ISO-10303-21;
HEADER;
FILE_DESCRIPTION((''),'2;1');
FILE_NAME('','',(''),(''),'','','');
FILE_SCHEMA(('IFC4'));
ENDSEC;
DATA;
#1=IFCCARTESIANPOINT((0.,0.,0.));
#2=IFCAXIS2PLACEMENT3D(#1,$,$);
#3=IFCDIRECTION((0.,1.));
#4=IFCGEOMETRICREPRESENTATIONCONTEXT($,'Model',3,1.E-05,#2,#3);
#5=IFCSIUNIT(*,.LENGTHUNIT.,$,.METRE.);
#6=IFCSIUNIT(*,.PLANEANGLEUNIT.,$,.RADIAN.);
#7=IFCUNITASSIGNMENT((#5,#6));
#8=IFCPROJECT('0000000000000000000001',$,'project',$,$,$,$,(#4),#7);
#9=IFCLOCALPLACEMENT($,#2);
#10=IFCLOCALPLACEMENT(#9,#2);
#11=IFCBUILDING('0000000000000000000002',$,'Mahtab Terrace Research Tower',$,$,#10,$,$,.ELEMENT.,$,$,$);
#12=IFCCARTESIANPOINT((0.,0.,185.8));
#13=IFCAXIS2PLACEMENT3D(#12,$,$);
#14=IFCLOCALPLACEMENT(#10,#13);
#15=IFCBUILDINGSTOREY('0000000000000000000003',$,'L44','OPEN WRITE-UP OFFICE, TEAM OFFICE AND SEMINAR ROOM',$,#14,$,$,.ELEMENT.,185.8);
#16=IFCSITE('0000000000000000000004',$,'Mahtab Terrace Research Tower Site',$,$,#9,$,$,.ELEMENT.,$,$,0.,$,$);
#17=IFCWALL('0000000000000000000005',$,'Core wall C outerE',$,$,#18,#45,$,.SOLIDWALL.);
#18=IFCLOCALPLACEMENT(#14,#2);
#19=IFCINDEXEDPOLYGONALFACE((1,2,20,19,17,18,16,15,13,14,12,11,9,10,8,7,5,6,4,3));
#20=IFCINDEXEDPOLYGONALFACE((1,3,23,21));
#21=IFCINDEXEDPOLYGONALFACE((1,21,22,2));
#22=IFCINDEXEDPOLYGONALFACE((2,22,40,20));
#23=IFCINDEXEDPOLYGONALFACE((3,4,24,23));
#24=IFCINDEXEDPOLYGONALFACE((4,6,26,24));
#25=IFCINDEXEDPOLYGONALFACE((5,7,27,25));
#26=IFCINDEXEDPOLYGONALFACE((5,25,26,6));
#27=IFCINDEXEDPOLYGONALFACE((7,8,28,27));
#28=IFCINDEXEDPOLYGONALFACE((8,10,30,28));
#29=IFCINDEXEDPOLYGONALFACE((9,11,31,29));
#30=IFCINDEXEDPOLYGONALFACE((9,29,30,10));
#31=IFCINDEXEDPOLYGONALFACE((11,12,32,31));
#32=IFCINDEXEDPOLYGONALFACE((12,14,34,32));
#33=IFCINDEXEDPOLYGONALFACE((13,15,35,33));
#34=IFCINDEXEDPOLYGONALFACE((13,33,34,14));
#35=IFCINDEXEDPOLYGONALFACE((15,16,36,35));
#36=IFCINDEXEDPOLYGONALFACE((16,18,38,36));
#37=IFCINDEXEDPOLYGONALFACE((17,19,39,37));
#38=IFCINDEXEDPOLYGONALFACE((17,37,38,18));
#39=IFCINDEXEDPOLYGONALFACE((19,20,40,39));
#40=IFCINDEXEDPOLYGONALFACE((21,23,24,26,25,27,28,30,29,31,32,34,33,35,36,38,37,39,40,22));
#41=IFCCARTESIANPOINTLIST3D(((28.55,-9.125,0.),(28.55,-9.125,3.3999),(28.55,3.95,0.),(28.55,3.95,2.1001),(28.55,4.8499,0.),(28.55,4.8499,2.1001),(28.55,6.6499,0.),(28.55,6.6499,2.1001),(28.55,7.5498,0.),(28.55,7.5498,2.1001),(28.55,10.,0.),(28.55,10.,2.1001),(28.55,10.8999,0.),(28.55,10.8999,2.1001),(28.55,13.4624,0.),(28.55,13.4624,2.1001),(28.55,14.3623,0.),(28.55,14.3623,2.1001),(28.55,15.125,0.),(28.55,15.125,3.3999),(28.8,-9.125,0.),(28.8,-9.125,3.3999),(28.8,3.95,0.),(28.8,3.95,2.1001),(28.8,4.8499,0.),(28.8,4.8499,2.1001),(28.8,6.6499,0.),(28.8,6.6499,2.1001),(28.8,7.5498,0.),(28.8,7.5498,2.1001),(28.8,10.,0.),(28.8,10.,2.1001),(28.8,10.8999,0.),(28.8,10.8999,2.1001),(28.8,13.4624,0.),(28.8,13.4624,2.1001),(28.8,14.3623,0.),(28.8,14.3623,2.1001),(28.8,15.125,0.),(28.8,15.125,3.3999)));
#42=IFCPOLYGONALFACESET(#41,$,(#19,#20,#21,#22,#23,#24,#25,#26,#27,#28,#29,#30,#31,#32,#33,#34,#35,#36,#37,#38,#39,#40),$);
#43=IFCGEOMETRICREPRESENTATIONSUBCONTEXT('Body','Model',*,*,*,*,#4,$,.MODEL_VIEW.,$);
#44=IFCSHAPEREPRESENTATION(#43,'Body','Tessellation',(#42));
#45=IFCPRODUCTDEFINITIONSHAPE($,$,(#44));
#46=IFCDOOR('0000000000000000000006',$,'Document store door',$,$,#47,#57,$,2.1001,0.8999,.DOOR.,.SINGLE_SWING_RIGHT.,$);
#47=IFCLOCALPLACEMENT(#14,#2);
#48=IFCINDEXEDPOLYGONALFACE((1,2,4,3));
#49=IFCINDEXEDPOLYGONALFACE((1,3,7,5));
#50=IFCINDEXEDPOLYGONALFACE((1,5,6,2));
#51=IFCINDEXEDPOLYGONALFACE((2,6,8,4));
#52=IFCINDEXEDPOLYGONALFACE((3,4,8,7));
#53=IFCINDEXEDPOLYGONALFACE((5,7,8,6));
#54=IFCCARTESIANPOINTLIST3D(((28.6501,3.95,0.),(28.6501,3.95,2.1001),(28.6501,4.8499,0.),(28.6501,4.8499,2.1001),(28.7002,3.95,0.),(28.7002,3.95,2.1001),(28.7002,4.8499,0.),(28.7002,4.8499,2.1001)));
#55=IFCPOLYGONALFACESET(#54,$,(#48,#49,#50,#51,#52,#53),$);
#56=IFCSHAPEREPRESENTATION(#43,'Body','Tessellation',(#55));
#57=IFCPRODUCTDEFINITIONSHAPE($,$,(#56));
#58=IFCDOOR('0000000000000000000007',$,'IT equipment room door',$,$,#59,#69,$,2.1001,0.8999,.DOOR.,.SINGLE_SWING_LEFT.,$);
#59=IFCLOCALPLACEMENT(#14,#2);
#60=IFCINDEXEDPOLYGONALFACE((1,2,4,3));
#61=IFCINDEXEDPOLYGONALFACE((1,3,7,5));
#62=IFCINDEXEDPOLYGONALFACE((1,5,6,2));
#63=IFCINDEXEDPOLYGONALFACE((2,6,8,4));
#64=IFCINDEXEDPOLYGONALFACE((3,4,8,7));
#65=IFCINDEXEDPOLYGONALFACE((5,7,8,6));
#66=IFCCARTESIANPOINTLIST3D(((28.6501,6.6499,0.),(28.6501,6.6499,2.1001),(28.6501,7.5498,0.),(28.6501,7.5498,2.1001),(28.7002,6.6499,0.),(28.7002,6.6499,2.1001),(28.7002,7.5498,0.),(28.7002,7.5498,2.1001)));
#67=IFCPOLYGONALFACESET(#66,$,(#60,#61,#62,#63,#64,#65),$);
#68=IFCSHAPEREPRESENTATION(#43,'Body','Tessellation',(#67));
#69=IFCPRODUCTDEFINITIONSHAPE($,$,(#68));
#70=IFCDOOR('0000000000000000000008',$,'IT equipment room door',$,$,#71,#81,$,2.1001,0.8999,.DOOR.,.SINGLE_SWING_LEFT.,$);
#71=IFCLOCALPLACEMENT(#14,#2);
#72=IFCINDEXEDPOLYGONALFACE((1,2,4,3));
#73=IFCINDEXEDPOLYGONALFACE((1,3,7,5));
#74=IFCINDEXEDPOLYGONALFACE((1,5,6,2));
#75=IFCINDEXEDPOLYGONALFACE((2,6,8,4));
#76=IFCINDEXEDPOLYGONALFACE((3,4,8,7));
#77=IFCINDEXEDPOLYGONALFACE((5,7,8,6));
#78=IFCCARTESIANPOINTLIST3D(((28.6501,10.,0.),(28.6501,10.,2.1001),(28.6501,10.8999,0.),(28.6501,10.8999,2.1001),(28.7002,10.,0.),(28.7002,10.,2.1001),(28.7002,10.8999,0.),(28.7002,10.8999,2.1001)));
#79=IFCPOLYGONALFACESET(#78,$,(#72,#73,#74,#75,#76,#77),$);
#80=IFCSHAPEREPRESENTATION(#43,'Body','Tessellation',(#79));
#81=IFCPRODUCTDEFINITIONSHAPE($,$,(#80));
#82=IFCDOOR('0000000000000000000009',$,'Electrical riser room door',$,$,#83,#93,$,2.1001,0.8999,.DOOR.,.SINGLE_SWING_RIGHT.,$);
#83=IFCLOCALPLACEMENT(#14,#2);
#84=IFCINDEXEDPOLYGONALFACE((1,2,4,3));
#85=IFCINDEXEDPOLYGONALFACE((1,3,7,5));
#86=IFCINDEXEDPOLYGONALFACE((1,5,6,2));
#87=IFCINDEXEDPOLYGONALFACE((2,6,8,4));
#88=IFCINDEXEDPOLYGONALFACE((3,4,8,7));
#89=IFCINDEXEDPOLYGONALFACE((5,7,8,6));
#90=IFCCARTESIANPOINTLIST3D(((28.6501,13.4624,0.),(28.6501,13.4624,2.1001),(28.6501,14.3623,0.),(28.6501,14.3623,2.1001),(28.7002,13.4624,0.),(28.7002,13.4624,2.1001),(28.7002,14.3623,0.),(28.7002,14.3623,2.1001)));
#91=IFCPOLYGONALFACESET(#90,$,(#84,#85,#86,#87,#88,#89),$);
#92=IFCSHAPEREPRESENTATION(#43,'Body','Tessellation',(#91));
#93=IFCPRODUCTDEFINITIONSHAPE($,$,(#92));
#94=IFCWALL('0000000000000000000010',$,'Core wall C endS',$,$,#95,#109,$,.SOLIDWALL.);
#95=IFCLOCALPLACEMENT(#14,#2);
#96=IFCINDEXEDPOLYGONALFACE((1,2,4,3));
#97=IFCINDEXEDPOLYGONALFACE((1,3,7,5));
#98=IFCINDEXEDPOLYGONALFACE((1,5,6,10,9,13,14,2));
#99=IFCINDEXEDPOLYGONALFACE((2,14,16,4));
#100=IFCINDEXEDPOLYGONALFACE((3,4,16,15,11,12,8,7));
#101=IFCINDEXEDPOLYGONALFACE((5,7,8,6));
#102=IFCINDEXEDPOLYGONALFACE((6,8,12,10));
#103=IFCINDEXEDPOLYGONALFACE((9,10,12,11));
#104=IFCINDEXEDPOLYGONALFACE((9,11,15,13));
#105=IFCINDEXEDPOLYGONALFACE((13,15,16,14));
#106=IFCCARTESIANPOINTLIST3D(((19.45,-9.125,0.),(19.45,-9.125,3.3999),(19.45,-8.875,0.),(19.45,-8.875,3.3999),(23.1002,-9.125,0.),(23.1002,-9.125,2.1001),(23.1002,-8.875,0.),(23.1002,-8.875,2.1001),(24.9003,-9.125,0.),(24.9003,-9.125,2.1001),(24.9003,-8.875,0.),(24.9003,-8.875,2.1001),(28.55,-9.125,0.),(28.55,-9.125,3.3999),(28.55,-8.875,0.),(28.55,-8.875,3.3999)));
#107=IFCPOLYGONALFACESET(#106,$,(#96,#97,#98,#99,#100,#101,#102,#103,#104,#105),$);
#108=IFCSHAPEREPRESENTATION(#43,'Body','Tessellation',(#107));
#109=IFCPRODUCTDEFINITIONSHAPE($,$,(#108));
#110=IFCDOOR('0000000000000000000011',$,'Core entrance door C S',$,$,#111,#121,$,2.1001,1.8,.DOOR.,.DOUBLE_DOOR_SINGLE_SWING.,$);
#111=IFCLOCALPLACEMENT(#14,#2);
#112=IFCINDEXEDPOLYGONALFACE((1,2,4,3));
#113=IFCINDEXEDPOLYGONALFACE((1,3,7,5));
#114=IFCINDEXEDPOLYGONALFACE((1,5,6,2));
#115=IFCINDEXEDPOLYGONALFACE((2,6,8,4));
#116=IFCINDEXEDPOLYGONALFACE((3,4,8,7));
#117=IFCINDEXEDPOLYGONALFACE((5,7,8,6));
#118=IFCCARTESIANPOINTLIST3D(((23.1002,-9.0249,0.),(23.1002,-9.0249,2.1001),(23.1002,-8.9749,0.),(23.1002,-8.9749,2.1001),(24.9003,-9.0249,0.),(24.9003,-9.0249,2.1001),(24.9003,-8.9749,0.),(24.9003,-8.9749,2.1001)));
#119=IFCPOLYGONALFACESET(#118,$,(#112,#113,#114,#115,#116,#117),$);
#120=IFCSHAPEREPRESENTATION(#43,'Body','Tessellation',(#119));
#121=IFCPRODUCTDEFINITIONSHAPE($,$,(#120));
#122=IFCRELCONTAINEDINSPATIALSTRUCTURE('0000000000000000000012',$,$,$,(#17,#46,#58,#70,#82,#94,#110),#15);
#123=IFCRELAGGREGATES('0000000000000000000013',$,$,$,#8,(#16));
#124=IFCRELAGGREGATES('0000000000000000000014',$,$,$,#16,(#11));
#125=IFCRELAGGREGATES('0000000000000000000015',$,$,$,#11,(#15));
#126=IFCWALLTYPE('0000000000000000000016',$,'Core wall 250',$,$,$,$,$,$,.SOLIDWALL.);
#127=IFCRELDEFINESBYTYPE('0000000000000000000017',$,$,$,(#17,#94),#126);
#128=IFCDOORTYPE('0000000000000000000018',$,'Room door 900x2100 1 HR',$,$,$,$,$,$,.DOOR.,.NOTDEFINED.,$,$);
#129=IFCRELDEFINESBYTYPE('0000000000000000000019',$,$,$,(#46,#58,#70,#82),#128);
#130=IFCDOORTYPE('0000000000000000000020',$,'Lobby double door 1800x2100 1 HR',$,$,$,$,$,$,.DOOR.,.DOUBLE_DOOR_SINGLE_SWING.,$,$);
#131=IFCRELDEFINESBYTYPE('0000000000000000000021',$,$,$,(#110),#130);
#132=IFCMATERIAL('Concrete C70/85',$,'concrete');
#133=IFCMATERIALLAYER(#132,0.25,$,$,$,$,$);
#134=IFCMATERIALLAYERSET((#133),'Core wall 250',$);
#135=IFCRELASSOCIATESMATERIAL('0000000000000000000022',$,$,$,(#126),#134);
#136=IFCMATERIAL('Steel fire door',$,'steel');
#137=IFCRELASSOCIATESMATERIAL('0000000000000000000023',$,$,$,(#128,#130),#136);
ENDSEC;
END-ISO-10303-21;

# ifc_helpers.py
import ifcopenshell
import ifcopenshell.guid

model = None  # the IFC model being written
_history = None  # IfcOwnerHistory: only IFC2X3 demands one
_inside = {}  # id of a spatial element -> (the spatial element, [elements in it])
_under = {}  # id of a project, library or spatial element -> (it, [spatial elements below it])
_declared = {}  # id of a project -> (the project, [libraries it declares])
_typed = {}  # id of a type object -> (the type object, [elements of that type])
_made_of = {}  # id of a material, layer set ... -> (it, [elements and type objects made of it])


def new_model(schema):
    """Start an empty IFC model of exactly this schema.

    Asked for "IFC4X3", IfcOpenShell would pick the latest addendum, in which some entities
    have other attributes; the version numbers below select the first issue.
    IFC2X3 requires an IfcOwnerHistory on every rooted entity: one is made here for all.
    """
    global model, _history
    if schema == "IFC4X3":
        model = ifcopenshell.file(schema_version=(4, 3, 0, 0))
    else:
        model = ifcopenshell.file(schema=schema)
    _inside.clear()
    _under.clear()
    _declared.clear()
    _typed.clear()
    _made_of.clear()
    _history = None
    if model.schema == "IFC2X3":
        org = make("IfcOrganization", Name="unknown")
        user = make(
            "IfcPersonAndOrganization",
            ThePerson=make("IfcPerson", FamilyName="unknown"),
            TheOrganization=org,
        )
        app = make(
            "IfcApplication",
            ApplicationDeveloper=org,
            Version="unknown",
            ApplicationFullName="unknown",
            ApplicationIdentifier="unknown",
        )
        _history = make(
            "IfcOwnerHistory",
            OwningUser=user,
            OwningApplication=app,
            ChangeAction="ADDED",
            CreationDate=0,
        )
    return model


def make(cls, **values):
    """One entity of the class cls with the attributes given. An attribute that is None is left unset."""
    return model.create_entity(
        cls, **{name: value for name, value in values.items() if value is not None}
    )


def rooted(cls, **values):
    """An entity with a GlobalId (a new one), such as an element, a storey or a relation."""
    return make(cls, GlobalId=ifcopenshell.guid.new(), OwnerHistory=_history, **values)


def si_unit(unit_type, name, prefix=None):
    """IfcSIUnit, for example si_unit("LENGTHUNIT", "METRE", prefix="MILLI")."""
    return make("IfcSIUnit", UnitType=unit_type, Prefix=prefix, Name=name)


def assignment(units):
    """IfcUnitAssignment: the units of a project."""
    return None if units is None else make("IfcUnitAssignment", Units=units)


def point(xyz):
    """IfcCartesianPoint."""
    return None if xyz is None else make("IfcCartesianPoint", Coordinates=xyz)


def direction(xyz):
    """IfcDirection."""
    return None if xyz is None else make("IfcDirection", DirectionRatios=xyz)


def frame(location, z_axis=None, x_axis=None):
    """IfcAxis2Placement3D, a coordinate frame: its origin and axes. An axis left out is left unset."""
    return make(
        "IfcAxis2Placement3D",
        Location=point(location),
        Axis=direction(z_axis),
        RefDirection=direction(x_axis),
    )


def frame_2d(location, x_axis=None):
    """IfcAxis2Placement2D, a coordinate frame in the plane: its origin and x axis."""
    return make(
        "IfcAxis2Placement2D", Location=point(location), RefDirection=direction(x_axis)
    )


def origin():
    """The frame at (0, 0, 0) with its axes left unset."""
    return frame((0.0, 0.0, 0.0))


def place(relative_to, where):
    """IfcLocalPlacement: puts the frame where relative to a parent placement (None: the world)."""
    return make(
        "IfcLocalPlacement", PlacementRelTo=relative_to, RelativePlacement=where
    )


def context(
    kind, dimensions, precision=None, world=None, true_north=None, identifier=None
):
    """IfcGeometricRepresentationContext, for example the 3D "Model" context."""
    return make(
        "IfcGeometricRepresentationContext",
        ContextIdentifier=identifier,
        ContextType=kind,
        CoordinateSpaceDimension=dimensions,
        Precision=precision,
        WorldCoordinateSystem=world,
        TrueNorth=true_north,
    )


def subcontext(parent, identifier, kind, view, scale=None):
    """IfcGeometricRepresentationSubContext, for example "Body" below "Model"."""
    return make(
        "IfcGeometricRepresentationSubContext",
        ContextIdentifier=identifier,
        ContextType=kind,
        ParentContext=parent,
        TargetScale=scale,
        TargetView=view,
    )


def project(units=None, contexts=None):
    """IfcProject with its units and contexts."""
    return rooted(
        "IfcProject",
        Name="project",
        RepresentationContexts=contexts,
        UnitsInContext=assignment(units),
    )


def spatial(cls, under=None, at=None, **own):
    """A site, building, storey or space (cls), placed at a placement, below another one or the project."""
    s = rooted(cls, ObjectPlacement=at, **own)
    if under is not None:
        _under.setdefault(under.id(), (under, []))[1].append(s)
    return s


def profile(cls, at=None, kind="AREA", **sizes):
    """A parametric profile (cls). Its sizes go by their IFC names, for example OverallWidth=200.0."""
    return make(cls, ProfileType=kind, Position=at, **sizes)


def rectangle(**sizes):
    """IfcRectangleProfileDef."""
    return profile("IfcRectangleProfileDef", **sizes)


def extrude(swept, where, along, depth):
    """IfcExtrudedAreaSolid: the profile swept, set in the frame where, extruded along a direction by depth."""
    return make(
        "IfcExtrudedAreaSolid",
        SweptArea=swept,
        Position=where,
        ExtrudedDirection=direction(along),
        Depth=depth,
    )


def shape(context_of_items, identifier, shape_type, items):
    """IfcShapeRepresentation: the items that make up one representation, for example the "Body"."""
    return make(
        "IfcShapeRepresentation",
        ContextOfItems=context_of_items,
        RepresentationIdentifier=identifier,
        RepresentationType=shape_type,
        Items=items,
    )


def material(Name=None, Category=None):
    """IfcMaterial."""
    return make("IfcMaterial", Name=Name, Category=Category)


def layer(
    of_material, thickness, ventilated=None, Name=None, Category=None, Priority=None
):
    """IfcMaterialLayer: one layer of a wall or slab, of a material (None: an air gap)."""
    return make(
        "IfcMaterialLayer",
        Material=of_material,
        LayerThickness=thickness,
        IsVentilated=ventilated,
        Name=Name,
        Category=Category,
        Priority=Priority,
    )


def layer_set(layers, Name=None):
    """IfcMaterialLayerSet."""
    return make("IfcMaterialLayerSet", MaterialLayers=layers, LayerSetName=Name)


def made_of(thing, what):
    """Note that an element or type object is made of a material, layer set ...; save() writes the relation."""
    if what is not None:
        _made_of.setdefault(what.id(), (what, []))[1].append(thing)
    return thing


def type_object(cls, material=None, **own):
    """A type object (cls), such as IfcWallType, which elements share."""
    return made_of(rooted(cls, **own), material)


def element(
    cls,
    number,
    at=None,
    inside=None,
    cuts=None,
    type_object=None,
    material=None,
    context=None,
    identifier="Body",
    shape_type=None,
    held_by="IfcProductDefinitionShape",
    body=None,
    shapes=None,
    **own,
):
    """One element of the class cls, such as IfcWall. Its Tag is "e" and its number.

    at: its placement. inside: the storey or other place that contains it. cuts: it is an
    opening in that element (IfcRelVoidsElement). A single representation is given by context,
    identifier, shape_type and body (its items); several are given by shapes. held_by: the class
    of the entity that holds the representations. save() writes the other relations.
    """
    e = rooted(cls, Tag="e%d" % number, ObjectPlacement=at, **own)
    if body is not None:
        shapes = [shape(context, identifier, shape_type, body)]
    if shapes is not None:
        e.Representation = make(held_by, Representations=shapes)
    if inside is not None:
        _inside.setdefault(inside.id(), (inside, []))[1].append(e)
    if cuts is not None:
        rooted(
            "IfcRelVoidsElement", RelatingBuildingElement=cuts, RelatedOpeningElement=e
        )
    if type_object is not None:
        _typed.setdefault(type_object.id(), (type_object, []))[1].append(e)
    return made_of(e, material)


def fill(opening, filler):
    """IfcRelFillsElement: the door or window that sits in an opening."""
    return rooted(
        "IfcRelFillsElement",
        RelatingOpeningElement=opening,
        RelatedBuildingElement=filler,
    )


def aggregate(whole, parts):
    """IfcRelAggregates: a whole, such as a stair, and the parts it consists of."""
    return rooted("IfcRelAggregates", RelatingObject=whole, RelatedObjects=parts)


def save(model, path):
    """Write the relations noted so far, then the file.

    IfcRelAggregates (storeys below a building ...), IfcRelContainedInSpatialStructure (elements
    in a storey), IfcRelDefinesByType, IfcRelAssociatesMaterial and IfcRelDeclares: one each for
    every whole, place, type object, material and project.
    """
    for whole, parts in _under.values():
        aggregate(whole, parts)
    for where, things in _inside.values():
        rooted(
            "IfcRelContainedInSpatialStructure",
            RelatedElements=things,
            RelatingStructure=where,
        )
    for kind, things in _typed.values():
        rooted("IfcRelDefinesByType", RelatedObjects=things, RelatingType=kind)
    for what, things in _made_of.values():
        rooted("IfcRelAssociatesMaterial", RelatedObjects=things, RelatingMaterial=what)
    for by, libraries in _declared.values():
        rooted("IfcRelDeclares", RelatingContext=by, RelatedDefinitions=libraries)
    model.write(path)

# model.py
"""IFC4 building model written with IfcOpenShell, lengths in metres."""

from ifc_helpers import new_model, si_unit, direction, frame, frame_2d, origin, place, context, subcontext, project, spatial, rectangle, extrude, material, layer, layer_set, type_object, element, fill, save


model = new_model("IFC4")

# Units and contexts
model_context = context("Model", 3, precision=1e-05, world=origin(), true_north=direction((0.0, 1.0)))
body_context = subcontext(model_context, "Body", "Model", "MODEL_VIEW")
ifc_project = project(units=[si_unit("LENGTHUNIT", "METRE"), si_unit("PLANEANGLEUNIT", "RADIAN")], contexts=[model_context])

# Site, building, storey
site_placement = place(None, origin())
site = spatial("IfcSite", under=ifc_project, at=site_placement, Name="Mahtab Terrace Research Tower Site", CompositionType="ELEMENT", RefElevation=0.0)
building_placement = place(site_placement, origin())
building = spatial("IfcBuilding", under=site, at=building_placement, Name="Mahtab Terrace Research Tower", CompositionType="ELEMENT")
storey_placement = place(building_placement, frame((0.0, 0.0, 185.8)))
storey = spatial("IfcBuildingStorey", under=building, at=storey_placement, Name="L44", Description="OPEN WRITE-UP OFFICE, TEAM OFFICE AND SEMINAR ROOM", CompositionType="ELEMENT", Elevation=185.8)

# Wall, openings, doors
ifc_material_1 = material(Name="Concrete C70/85", Category="concrete")
ifc_layer_1 = layer(ifc_material_1, 0.25)
ifc_layer_set_1 = layer_set([ifc_layer_1], Name="Core wall 250")
wall_type_1 = type_object("IfcWallType", Name="Core wall 250", PredefinedType="SOLIDWALL", material=ifc_layer_set_1)
wall_1_placement = place(storey_placement, frame((28.675, -9.125, 0.0), z_axis=(0.0, 0.0, 1.0), x_axis=(0.0, 1.0, 0.0)))
wall_1 = element("IfcWall", 1, at=wall_1_placement, inside=storey, type_object=wall_type_1, Name="Core wall C outerE", PredefinedType="SOLIDWALL", context=body_context, shape_type="SweptSolid", body=[
    extrude(rectangle(XDim=24.25, YDim=0.25, at=frame_2d((12.125, 0.0))), origin(), (0.0, 0.0, 1.0), 3.3999),
])
opening_1_placement = place(wall_1_placement, frame((13.075, 0.0, 0.0)))
opening_1 = element("IfcOpeningElement", 2, at=opening_1_placement, cuts=wall_1, PredefinedType="OPENING", context=body_context, shape_type="SweptSolid", body=[
    extrude(rectangle(XDim=0.8999, YDim=2.1001, at=frame_2d((0.45, 1.05))), frame((0.0, 0.135, 0.0), z_axis=(0.0, -1.0, 0.0), x_axis=(1.0, 0.0, 0.0)), (0.0, 0.0, 1.0), 0.27),
])
opening_2_placement = place(wall_1_placement, frame((15.7749, 0.0, 0.0)))
opening_2 = element("IfcOpeningElement", 3, at=opening_2_placement, cuts=wall_1, PredefinedType="OPENING", context=body_context, shape_type="SweptSolid", body=[
    extrude(rectangle(XDim=0.8999, YDim=2.1001, at=frame_2d((0.45, 1.05))), frame((0.0, 0.135, 0.0), z_axis=(0.0, -1.0, 0.0), x_axis=(1.0, 0.0, 0.0)), (0.0, 0.0, 1.0), 0.27),
])
opening_3_placement = place(wall_1_placement, frame((19.125, 0.0, 0.0)))
opening_3 = element("IfcOpeningElement", 4, at=opening_3_placement, cuts=wall_1, PredefinedType="OPENING", context=body_context, shape_type="SweptSolid", body=[
    extrude(rectangle(XDim=0.8999, YDim=2.1001, at=frame_2d((0.45, 1.05))), frame((0.0, 0.135, 0.0), z_axis=(0.0, -1.0, 0.0), x_axis=(1.0, 0.0, 0.0)), (0.0, 0.0, 1.0), 0.27),
])
opening_4_placement = place(wall_1_placement, frame((22.5874, 0.0, 0.0)))
opening_4 = element("IfcOpeningElement", 5, at=opening_4_placement, cuts=wall_1, PredefinedType="OPENING", context=body_context, shape_type="SweptSolid", body=[
    extrude(rectangle(XDim=0.8999, YDim=2.1001, at=frame_2d((0.45, 1.05))), frame((0.0, 0.135, 0.0), z_axis=(0.0, -1.0, 0.0), x_axis=(1.0, 0.0, 0.0)), (0.0, 0.0, 1.0), 0.27),
])
ifc_material_2 = material(Name="Steel fire door", Category="steel")
door_type_1 = type_object("IfcDoorType", Name="Room door 900x2100 1 HR", OperationType="NOTDEFINED", PredefinedType="DOOR", material=ifc_material_2)
door_1_placement = place(opening_1_placement, origin())
door_1 = element("IfcDoor", 6, at=door_1_placement, inside=storey, type_object=door_type_1, Name="Document store door", OperationType="SINGLE_SWING_RIGHT", OverallHeight=2.1001, OverallWidth=0.8999, PredefinedType="DOOR", context=body_context, shape_type="SweptSolid", body=[
    extrude(rectangle(XDim=0.8999, YDim=2.1001, at=frame_2d((0.45, 1.05))), frame((0.0, 0.0249, 0.0), z_axis=(0.0, -1.0, 0.0), x_axis=(1.0, 0.0, 0.0)), (0.0, 0.0, 1.0), 0.05),
])
fill(opening_1, door_1)
door_2_placement = place(opening_2_placement, origin())
door_2 = element("IfcDoor", 7, at=door_2_placement, inside=storey, type_object=door_type_1, Name="IT equipment room door", OperationType="SINGLE_SWING_LEFT", OverallHeight=2.1001, OverallWidth=0.8999, PredefinedType="DOOR", context=body_context, shape_type="SweptSolid", body=[
    extrude(rectangle(XDim=0.8999, YDim=2.1001, at=frame_2d((0.45, 1.05))), frame((0.0, 0.0249, 0.0), z_axis=(0.0, -1.0, 0.0), x_axis=(1.0, 0.0, 0.0)), (0.0, 0.0, 1.0), 0.05),
])
fill(opening_2, door_2)
door_3_placement = place(opening_3_placement, origin())
door_3 = element("IfcDoor", 8, at=door_3_placement, inside=storey, type_object=door_type_1, Name="IT equipment room door", OperationType="SINGLE_SWING_LEFT", OverallHeight=2.1001, OverallWidth=0.8999, PredefinedType="DOOR", context=body_context, shape_type="SweptSolid", body=[
    extrude(rectangle(XDim=0.8999, YDim=2.1001, at=frame_2d((0.45, 1.05))), frame((0.0, 0.0249, 0.0), z_axis=(0.0, -1.0, 0.0), x_axis=(1.0, 0.0, 0.0)), (0.0, 0.0, 1.0), 0.05),
])
fill(opening_3, door_3)
door_4_placement = place(opening_4_placement, origin())
door_4 = element("IfcDoor", 9, at=door_4_placement, inside=storey, type_object=door_type_1, Name="Electrical riser room door", OperationType="SINGLE_SWING_RIGHT", OverallHeight=2.1001, OverallWidth=0.8999, PredefinedType="DOOR", context=body_context, shape_type="SweptSolid", body=[
    extrude(rectangle(XDim=0.8999, YDim=2.1001, at=frame_2d((0.45, 1.05))), frame((0.0, 0.0249, 0.0), z_axis=(0.0, -1.0, 0.0), x_axis=(1.0, 0.0, 0.0)), (0.0, 0.0, 1.0), 0.05),
])
fill(opening_4, door_4)

# Wall, opening, door
wall_2_placement = place(storey_placement, frame((28.55, -9.0, 0.0), z_axis=(0.0, 0.0, 1.0), x_axis=(-1.0, 0.0, 0.0)))
wall_2 = element("IfcWall", 10, at=wall_2_placement, inside=storey, type_object=wall_type_1, Name="Core wall C endS", PredefinedType="SOLIDWALL", context=body_context, shape_type="SweptSolid", body=[
    extrude(rectangle(XDim=9.1001, YDim=0.25, at=frame_2d((4.55, 0.0))), origin(), (0.0, 0.0, 1.0), 3.3999),
])
opening_5_placement = place(wall_2_placement, frame((3.6499, 0.0, 0.0)))
opening_5 = element("IfcOpeningElement", 11, at=opening_5_placement, cuts=wall_2, PredefinedType="OPENING", context=body_context, shape_type="SweptSolid", body=[
    extrude(rectangle(XDim=1.8, YDim=2.1001, at=frame_2d((0.8999, 1.05))), frame((0.0, 0.135, 0.0), z_axis=(0.0, -1.0, 0.0), x_axis=(1.0, 0.0, 0.0)), (0.0, 0.0, 1.0), 0.27),
])
door_type_2 = type_object("IfcDoorType", Name="Lobby double door 1800x2100 1 HR", OperationType="DOUBLE_DOOR_SINGLE_SWING", PredefinedType="DOOR", material=ifc_material_2)
door_5_placement = place(opening_5_placement, origin())
door_5 = element("IfcDoor", 12, at=door_5_placement, inside=storey, type_object=door_type_2, Name="Core entrance door C S", OperationType="DOUBLE_DOOR_SINGLE_SWING", OverallHeight=2.1001, OverallWidth=1.8, PredefinedType="DOOR", context=body_context, shape_type="SweptSolid", body=[
    extrude(rectangle(XDim=1.8, YDim=2.1001, at=frame_2d((0.8999, 1.05))), frame((0.0, 0.0249, 0.0), z_axis=(0.0, -1.0, 0.0), x_axis=(1.0, 0.0, 0.0)), (0.0, 0.0, 1.0), 0.05),
])
fill(opening_5, door_5)

save(model, "model.ifc")
